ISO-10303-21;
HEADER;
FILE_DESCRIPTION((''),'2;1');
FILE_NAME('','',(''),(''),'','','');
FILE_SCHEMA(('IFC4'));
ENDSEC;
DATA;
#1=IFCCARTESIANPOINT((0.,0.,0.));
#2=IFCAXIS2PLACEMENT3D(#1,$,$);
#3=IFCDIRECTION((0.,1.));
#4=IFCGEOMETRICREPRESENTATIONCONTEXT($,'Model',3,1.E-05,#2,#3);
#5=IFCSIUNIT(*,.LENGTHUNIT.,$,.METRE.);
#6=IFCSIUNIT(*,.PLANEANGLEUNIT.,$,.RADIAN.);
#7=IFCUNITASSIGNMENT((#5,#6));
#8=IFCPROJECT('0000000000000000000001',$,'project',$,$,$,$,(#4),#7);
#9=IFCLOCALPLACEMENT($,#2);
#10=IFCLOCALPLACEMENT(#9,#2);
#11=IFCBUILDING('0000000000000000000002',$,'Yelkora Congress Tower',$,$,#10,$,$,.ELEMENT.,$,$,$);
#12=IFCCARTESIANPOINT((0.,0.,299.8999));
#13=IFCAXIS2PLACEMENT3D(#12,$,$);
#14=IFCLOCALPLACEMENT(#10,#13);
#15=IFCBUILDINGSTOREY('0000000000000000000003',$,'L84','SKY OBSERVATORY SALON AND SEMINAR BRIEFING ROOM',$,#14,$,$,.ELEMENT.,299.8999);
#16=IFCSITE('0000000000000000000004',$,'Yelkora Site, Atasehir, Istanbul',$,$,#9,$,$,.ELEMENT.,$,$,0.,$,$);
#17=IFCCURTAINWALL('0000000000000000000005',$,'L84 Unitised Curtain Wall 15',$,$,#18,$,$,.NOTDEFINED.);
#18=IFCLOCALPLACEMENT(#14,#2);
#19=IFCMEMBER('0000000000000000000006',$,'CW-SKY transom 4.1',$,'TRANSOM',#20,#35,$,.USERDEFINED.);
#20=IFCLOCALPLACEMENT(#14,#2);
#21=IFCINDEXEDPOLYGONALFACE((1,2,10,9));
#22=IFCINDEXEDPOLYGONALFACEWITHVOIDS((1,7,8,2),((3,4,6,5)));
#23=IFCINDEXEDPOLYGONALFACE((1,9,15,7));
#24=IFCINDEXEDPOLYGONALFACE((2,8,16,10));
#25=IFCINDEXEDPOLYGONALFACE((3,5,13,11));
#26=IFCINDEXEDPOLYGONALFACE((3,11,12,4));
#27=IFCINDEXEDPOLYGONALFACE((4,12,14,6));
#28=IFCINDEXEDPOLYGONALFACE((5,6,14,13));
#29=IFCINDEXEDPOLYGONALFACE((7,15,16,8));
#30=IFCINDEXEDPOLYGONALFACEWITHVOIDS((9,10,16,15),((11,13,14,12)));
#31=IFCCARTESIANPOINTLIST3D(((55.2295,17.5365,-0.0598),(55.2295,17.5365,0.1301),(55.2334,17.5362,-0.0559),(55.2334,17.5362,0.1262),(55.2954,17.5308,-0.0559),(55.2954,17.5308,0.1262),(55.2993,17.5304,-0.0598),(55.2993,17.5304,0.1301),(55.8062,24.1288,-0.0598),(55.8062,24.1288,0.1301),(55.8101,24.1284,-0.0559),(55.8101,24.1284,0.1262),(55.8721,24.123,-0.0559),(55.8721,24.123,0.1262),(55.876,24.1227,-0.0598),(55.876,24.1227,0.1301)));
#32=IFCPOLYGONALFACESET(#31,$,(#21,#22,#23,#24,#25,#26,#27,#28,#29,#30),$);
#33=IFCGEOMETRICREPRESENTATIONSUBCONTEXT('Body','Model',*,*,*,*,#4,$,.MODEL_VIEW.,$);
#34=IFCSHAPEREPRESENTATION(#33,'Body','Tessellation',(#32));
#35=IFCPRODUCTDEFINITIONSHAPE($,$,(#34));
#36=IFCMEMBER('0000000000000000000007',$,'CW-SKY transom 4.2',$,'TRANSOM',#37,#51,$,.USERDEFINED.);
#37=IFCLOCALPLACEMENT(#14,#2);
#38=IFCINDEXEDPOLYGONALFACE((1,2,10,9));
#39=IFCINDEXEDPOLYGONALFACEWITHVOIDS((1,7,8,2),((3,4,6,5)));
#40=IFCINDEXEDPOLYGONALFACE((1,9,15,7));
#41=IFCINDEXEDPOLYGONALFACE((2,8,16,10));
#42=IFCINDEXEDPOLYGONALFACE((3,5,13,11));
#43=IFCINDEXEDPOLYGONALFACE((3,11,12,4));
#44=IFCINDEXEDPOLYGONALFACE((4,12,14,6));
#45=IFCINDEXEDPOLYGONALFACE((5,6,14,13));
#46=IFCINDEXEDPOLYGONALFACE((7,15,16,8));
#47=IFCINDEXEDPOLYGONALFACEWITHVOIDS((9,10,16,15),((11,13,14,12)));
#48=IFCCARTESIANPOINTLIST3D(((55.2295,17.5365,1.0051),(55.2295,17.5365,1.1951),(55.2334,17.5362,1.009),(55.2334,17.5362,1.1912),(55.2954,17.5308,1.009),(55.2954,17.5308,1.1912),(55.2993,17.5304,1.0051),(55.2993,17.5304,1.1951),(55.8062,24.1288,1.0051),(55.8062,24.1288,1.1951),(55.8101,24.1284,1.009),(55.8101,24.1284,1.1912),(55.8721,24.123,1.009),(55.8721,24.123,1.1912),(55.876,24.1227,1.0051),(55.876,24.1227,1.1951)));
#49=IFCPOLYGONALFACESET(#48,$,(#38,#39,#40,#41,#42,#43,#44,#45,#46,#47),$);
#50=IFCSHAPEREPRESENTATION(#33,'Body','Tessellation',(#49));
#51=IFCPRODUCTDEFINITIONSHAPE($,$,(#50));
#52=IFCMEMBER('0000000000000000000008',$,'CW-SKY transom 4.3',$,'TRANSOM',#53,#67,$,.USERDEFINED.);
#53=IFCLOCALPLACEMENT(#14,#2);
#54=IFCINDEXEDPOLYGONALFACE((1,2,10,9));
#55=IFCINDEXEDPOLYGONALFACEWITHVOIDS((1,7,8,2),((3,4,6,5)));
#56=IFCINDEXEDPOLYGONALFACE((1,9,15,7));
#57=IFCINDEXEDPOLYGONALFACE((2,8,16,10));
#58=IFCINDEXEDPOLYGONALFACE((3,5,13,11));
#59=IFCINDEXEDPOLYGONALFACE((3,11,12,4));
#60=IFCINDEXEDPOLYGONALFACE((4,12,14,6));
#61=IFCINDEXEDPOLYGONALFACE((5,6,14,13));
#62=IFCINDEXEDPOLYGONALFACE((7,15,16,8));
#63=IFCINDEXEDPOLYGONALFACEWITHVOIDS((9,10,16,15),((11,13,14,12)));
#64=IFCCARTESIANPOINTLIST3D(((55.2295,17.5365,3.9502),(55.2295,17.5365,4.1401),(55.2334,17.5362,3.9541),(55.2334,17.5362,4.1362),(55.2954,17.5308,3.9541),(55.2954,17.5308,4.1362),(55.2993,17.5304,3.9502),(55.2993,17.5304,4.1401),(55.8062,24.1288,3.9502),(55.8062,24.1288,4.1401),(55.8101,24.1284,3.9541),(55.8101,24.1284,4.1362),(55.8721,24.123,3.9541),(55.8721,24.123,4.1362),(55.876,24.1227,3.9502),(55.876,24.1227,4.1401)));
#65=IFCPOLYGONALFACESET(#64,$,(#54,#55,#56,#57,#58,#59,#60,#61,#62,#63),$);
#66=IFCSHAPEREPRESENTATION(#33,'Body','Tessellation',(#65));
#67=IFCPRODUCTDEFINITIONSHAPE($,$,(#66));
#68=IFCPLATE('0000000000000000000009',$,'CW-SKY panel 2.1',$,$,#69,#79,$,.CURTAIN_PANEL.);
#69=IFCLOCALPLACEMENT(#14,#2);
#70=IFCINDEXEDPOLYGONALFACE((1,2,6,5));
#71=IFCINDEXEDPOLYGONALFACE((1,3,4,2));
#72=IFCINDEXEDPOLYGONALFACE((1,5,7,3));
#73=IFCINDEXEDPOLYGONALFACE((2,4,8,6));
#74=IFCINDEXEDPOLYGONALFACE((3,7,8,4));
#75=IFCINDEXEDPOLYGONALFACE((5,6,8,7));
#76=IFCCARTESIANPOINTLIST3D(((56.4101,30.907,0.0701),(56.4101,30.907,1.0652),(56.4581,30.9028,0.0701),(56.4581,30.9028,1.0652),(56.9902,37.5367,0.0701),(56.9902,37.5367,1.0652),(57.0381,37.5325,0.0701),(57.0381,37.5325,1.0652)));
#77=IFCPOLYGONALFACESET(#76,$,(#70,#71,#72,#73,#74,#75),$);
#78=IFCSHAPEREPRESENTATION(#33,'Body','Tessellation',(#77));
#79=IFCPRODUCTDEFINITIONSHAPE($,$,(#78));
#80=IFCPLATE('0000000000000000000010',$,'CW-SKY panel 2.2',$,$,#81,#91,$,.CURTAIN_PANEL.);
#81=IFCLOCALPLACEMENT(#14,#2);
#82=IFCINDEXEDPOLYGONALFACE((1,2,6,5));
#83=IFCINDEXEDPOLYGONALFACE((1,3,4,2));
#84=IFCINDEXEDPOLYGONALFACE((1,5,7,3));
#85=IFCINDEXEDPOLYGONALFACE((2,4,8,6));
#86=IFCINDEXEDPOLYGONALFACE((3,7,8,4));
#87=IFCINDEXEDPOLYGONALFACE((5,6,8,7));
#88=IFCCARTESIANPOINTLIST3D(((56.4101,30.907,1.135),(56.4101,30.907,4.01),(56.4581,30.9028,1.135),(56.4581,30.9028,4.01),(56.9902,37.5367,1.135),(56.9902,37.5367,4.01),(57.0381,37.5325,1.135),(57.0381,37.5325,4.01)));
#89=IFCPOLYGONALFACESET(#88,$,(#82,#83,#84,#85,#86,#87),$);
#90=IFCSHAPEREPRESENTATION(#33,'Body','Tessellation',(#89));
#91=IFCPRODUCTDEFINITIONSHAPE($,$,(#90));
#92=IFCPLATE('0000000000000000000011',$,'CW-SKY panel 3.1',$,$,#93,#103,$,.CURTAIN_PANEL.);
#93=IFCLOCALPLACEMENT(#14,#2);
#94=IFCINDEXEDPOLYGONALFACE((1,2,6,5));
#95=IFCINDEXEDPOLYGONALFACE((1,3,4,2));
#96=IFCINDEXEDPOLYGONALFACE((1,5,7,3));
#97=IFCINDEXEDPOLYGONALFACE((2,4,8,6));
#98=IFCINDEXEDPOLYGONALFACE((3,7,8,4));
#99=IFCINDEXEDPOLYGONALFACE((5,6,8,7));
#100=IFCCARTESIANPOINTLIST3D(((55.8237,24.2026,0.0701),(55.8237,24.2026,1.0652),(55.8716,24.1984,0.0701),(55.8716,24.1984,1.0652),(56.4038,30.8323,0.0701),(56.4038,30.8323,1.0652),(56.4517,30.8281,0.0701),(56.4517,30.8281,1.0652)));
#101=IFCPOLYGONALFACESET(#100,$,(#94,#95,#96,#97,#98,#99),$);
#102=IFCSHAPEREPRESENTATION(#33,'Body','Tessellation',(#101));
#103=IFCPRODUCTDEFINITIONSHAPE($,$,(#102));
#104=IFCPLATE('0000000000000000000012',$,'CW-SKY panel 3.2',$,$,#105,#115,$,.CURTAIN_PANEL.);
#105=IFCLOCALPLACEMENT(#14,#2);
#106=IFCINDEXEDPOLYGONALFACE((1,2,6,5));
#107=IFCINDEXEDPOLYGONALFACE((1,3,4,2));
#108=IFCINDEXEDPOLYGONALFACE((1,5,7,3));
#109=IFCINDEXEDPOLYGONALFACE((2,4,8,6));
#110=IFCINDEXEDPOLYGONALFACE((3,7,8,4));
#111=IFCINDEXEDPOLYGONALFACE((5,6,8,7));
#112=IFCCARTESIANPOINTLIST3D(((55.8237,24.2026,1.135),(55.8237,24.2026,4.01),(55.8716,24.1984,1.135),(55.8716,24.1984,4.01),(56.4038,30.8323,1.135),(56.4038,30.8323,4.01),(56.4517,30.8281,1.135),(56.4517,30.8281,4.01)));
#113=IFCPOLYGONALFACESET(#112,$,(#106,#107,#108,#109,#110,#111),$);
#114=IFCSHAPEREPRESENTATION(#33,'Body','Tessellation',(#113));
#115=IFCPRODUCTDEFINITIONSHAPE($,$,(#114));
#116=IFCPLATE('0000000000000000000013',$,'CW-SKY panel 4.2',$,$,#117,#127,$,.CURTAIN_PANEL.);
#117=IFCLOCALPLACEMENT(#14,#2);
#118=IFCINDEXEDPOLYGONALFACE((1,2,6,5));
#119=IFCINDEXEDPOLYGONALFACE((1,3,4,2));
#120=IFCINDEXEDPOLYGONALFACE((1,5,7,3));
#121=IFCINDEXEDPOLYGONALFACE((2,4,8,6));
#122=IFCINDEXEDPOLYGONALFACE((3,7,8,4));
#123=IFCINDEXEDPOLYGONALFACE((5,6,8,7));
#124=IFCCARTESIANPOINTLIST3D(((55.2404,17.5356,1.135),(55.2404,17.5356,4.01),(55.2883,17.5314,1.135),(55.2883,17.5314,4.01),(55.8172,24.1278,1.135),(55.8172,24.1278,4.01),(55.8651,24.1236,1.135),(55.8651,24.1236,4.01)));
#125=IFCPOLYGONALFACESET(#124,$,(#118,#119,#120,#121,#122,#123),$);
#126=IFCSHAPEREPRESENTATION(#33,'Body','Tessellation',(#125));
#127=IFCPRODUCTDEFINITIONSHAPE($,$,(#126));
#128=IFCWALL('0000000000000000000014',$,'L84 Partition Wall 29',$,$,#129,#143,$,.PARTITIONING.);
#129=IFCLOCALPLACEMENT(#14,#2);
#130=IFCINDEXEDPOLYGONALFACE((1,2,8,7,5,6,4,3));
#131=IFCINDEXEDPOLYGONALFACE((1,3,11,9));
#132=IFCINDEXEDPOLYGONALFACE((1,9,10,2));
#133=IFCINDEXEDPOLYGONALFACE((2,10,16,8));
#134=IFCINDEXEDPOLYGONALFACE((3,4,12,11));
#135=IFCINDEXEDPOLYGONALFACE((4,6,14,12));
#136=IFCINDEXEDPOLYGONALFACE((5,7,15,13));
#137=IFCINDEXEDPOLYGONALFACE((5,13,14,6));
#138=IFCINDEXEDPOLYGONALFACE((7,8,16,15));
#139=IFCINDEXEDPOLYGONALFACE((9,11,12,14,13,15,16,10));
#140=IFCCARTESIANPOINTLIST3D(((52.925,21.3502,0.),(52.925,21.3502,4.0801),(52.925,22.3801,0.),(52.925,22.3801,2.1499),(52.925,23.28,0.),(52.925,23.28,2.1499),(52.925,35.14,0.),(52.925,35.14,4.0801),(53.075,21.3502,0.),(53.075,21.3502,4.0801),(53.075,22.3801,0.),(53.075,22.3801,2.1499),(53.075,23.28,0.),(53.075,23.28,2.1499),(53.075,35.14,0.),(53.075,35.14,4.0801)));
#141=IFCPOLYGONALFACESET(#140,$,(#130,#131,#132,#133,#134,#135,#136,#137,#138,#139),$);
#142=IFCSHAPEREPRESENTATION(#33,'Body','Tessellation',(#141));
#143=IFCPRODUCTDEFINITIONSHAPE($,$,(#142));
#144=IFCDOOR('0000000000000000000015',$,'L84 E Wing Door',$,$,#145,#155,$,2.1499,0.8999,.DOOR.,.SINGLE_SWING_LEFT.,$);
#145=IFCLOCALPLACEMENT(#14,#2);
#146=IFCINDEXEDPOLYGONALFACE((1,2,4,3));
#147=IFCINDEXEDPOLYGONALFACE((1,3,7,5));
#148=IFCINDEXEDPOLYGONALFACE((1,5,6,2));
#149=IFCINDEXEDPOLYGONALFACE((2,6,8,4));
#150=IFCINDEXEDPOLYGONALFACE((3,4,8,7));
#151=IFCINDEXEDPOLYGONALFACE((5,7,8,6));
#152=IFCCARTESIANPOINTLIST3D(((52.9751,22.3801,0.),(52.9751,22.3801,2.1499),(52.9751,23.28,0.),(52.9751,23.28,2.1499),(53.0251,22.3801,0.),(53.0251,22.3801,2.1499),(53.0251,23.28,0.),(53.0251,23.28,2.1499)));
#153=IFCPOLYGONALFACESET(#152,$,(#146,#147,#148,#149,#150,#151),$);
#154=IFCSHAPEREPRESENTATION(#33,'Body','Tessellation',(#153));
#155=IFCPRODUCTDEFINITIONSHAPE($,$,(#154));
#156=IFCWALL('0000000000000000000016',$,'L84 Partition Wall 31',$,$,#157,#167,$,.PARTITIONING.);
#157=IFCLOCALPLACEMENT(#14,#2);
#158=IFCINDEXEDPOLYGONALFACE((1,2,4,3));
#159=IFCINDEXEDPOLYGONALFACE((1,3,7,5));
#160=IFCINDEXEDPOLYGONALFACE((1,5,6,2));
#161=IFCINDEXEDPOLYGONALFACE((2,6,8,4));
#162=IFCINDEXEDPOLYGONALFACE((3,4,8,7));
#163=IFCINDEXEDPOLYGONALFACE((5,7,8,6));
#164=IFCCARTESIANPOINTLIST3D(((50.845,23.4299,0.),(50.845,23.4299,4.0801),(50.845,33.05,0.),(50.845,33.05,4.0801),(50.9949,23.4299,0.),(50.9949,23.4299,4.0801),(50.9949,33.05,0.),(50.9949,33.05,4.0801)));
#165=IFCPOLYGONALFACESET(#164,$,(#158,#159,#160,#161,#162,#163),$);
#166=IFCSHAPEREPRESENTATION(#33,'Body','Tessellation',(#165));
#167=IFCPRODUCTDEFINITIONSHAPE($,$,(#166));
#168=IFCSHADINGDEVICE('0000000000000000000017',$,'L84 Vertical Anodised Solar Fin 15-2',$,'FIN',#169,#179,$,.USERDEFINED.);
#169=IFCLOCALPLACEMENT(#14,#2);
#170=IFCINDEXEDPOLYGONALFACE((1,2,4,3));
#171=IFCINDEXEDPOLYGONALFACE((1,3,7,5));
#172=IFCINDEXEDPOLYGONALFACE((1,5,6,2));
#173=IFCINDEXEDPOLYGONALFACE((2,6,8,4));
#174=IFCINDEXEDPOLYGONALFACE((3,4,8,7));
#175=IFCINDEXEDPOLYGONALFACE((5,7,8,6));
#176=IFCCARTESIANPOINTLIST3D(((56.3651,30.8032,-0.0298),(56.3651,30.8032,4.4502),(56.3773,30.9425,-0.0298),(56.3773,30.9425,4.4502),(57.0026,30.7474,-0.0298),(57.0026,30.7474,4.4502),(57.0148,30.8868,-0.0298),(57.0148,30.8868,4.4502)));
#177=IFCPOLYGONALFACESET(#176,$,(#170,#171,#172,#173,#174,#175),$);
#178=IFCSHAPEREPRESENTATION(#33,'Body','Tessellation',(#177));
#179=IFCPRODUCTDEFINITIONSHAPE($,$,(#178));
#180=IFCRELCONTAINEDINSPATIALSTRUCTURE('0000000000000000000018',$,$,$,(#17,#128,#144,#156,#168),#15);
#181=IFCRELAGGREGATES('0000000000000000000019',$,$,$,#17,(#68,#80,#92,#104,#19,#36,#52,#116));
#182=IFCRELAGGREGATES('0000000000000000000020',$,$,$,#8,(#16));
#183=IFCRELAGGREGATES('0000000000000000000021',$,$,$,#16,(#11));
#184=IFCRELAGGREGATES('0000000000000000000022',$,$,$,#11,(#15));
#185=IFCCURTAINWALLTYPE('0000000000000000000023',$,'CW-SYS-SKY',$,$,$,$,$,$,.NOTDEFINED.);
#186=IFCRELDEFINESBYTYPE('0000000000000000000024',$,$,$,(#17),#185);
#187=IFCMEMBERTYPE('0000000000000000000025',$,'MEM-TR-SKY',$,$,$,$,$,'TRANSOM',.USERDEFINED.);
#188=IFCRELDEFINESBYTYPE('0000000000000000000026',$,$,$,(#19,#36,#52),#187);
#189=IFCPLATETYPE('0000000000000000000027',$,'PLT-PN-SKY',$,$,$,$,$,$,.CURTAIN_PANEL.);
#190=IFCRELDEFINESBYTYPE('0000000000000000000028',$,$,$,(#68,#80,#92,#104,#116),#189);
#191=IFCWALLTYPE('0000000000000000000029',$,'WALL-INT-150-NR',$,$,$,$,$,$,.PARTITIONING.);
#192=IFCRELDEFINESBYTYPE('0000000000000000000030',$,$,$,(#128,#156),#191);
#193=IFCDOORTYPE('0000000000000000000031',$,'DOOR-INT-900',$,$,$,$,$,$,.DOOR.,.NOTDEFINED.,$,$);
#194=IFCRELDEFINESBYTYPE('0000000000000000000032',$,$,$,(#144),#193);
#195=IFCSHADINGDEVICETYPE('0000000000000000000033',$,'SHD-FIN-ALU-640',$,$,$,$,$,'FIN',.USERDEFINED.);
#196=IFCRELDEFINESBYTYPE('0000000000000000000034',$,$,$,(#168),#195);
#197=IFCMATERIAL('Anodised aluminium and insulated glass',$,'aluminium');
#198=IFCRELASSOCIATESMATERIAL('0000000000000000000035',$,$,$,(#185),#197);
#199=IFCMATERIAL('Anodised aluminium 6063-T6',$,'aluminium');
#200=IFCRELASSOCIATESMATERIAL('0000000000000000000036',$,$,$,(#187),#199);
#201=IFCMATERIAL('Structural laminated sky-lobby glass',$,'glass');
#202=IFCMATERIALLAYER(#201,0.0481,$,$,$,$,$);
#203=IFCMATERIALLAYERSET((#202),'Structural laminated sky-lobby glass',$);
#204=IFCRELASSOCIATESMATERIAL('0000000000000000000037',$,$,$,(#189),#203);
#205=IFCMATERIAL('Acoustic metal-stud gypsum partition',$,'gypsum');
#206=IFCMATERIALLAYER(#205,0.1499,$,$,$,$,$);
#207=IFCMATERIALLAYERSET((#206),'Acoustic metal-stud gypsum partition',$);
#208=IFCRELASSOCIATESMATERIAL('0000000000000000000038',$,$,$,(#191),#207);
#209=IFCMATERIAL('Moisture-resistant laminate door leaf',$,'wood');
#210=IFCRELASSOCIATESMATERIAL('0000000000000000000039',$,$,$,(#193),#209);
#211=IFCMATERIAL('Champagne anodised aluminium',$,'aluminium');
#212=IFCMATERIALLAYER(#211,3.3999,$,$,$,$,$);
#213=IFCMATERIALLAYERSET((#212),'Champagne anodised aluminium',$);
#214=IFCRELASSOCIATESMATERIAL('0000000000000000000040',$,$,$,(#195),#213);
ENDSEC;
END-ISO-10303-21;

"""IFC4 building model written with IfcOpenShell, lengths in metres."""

from ifc_helpers import new_model, si_unit, direction, frame, frame_2d, origin, origin_2d, place, context, subcontext, project, spatial, rectangle, hollow_rectangle, extrude, material, layer, layer_set, material_profile, profile_set, type_object, element, fill, aggregate, save


model = new_model("IFC4")

# Units and contexts
model_context = context("Model", 3, precision=1e-05, world=origin(), true_north=direction((0.0, 1.0)))
body_context = subcontext(model_context, "Body", "Model", "MODEL_VIEW")
ifc_project = project(units=[si_unit("LENGTHUNIT", "METRE"), si_unit("PLANEANGLEUNIT", "RADIAN")], contexts=[model_context])

# Site, building, storey
site_placement = place(None, origin())
site = spatial("IfcSite", under=ifc_project, at=site_placement, Name="Yelkora Site, Atasehir, Istanbul", CompositionType="ELEMENT", RefElevation=0.0)
building_placement = place(site_placement, origin())
building = spatial("IfcBuilding", under=site, at=building_placement, Name="Yelkora Congress Tower", CompositionType="ELEMENT")
storey_placement = place(building_placement, frame((0.0, 0.0, 299.8999)))
storey = spatial("IfcBuildingStorey", under=building, at=storey_placement, Name="L84", Description="SKY OBSERVATORY SALON AND SEMINAR BRIEFING ROOM", CompositionType="ELEMENT", Elevation=299.8999)

# Curtain wall, members, plates
ifc_material_1 = material(Name="Anodised aluminium and insulated glass", Category="aluminium")
curtain_wall_type = type_object("IfcCurtainWallType", Name="CW-SYS-SKY", PredefinedType="NOTDEFINED", material=ifc_material_1)
curtain_wall_placement = place(storey_placement, origin())
curtain_wall = element("IfcCurtainWall", 1, at=curtain_wall_placement, inside=storey, type_object=curtain_wall_type, Name="L84 Unitised Curtain Wall 15", PredefinedType="NOTDEFINED")
ifc_material_2 = material(Name="Anodised aluminium 6063-T6", Category="aluminium")
ifc_material_profile_1 = material_profile(ifc_material_2, hollow_rectangle(XDim=0.0701, YDim=0.1899, WallThickness=0.0039, at=origin_2d()), Name="ALU 70x190x4")
ifc_profile_set_1 = profile_set([ifc_material_profile_1], Name="Anodised aluminium 6063-T6")
member_type_1 = type_object("IfcMemberType", Name="MEM-TR-SKY", ElementType="TRANSOM", PredefinedType="USERDEFINED", material=ifc_profile_set_1)
member_1_placement = place(storey_placement, frame((55.8411, 24.1257, 0.0352), z_axis=(-0.087142, -0.996196, 0.0), x_axis=(0.996196, -0.087142, 0.0)))
member_1 = element("IfcMember", 2, at=member_1_placement, type_object=member_type_1, Name="CW-SKY transom 4.1", ObjectType="TRANSOM", PredefinedType="USERDEFINED", context=body_context, shape_type="SweptSolid", body=[
    extrude(hollow_rectangle(XDim=0.0701, YDim=0.1899, WallThickness=0.0039, at=origin_2d()), origin(), (0.0, 0.0, 1.0), 6.6174),
])
member_2_placement = place(storey_placement, frame((55.8411, 24.1257, 1.1001), z_axis=(-0.087142, -0.996196, 0.0), x_axis=(0.996196, -0.087142, 0.0)))
member_2 = element("IfcMember", 3, at=member_2_placement, type_object=member_type_1, Name="CW-SKY transom 4.2", ObjectType="TRANSOM", PredefinedType="USERDEFINED", context=body_context, shape_type="SweptSolid", body=[
    extrude(hollow_rectangle(XDim=0.0701, YDim=0.1899, WallThickness=0.0039, at=origin_2d()), origin(), (0.0, 0.0, 1.0), 6.6174),
])
member_3_placement = place(storey_placement, frame((55.8411, 24.1257, 4.0452), z_axis=(-0.087142, -0.996196, 0.0), x_axis=(0.996196, -0.087142, 0.0)))
member_3 = element("IfcMember", 4, at=member_3_placement, type_object=member_type_1, Name="CW-SKY transom 4.3", ObjectType="TRANSOM", PredefinedType="USERDEFINED", context=body_context, shape_type="SweptSolid", body=[
    extrude(hollow_rectangle(XDim=0.0701, YDim=0.1899, WallThickness=0.0039, at=origin_2d()), origin(), (0.0, 0.0, 1.0), 6.6174),
])
ifc_material_3 = material(Name="Structural laminated sky-lobby glass", Category="glass")
ifc_layer_1 = layer(ifc_material_3, 0.0481)
ifc_layer_set_1 = layer_set([ifc_layer_1], Name="Structural laminated sky-lobby glass")
plate_type = type_object("IfcPlateType", Name="PLT-PN-SKY", PredefinedType="CURTAIN_PANEL", material=ifc_layer_set_1)
plate_1_placement = place(storey_placement, frame((56.7241, 34.2197, 0.0701), z_axis=(0.0, 0.0, 1.0), x_axis=(-0.087158, -0.996194, 0.0)))
plate_1 = element("IfcPlate", 5, at=plate_1_placement, type_object=plate_type, Name="CW-SKY panel 2.1", PredefinedType="CURTAIN_PANEL", context=body_context, shape_type="SweptSolid", body=[
    extrude(rectangle(XDim=6.655, YDim=0.0481, at=origin_2d()), origin(), (0.0, 0.0, 1.0), 0.9951),
])
plate_2_placement = place(storey_placement, frame((56.7241, 34.2197, 1.135), z_axis=(0.0, 0.0, 1.0), x_axis=(-0.087158, -0.996194, 0.0)))
plate_2 = element("IfcPlate", 6, at=plate_2_placement, type_object=plate_type, Name="CW-SKY panel 2.2", PredefinedType="CURTAIN_PANEL", context=body_context, shape_type="SweptSolid", body=[
    extrude(rectangle(XDim=6.655, YDim=0.0481, at=origin_2d()), origin(), (0.0, 0.0, 1.0), 2.875),
])
plate_3_placement = place(storey_placement, frame((56.1377, 27.5154, 0.0701), z_axis=(0.0, 0.0, 1.0), x_axis=(-0.087158, -0.996194, 0.0)))
plate_3 = element("IfcPlate", 7, at=plate_3_placement, type_object=plate_type, Name="CW-SKY panel 3.1", PredefinedType="CURTAIN_PANEL", context=body_context, shape_type="SweptSolid", body=[
    extrude(rectangle(XDim=6.655, YDim=0.0481, at=origin_2d()), origin(), (0.0, 0.0, 1.0), 0.9951),
])
plate_4_placement = place(storey_placement, frame((56.1377, 27.5154, 1.135), z_axis=(0.0, 0.0, 1.0), x_axis=(-0.087158, -0.996194, 0.0)))
plate_4 = element("IfcPlate", 8, at=plate_4_placement, type_object=plate_type, Name="CW-SKY panel 3.2", PredefinedType="CURTAIN_PANEL", context=body_context, shape_type="SweptSolid", body=[
    extrude(rectangle(XDim=6.655, YDim=0.0481, at=origin_2d()), origin(), (0.0, 0.0, 1.0), 2.875),
])
plate_5_placement = place(storey_placement, frame((55.5527, 20.8296, 1.135), z_axis=(0.0, 0.0, 1.0), x_axis=(-0.087158, -0.996194, 0.0)))
plate_5 = element("IfcPlate", 9, at=plate_5_placement, type_object=plate_type, Name="CW-SKY panel 4.2", PredefinedType="CURTAIN_PANEL", context=body_context, shape_type="SweptSolid", body=[
    extrude(rectangle(XDim=6.6174, YDim=0.0481, at=origin_2d()), origin(), (0.0, 0.0, 1.0), 2.875),
])
aggregate(curtain_wall, [plate_1, plate_2, plate_3, plate_4, member_1, member_2, member_3, plate_5])

# Wall, opening, door
ifc_material_4 = material(Name="Acoustic metal-stud gypsum partition", Category="gypsum")
ifc_layer_2 = layer(ifc_material_4, 0.1499)
ifc_layer_set_2 = layer_set([ifc_layer_2], Name="Acoustic metal-stud gypsum partition")
wall_type = type_object("IfcWallType", Name="WALL-INT-150-NR", PredefinedType="PARTITIONING", material=ifc_layer_set_2)
wall_1_placement = place(storey_placement, frame((53.0, 21.3501, 0.0), z_axis=(0.0, 0.0, 1.0), x_axis=(0.0, 1.0, 0.0)))
wall_1 = element("IfcWall", 10, at=wall_1_placement, inside=storey, type_object=wall_type, Name="L84 Partition Wall 29", PredefinedType="PARTITIONING", context=body_context, shape_type="SweptSolid", body=[
    extrude(rectangle(XDim=13.7898, YDim=0.1499, at=frame_2d((6.895, 0.0))), origin(), (0.0, 0.0, 1.0), 4.0801),
])
opening_placement = place(wall_1_placement, frame((1.03, 0.0, 0.0)))
opening = element("IfcOpeningElement", 11, at=opening_placement, cuts=wall_1, PredefinedType="OPENING", context=body_context, shape_type="SweptSolid", body=[
    extrude(rectangle(XDim=0.8999, YDim=2.1499, at=frame_2d((0.45, 1.075))), frame((0.0, 0.085, 0.0), z_axis=(0.0, -1.0, 0.0), x_axis=(1.0, 0.0, 0.0)), (0.0, 0.0, 1.0), 0.1699),
])
ifc_material_5 = material(Name="Moisture-resistant laminate door leaf", Category="wood")
door_type = type_object("IfcDoorType", Name="DOOR-INT-900", OperationType="NOTDEFINED", PredefinedType="DOOR", material=ifc_material_5)
door_placement = place(opening_placement, origin())
door = element("IfcDoor", 12, at=door_placement, inside=storey, type_object=door_type, Name="L84 E Wing Door", OperationType="SINGLE_SWING_LEFT", OverallHeight=2.1499, OverallWidth=0.8999, PredefinedType="DOOR", context=body_context, shape_type="SweptSolid", body=[
    extrude(rectangle(XDim=0.8999, YDim=2.1499, at=frame_2d((0.45, 1.075))), frame((0.0, 0.0249, 0.0), z_axis=(0.0, -1.0, 0.0), x_axis=(1.0, 0.0, 0.0)), (0.0, 0.0, 1.0), 0.05),
])
fill(opening, door)

# Wall
wall_2_placement = place(storey_placement, frame((50.9199, 23.4299, 0.0), z_axis=(0.0, 0.0, 1.0), x_axis=(0.0, 1.0, 0.0)))
element("IfcWall", 13, at=wall_2_placement, inside=storey, type_object=wall_type, Name="L84 Partition Wall 31", PredefinedType="PARTITIONING", context=body_context, shape_type="SweptSolid", body=[
    extrude(rectangle(XDim=9.6201, YDim=0.1499, at=frame_2d((4.8101, 0.0))), origin(), (0.0, 0.0, 1.0), 4.0801),
])

# Shading device
ifc_material_6 = material(Name="Champagne anodised aluminium", Category="aluminium")
ifc_layer_3 = layer(ifc_material_6, 3.3999)
ifc_layer_set_3 = layer_set([ifc_layer_3], Name="Champagne anodised aluminium")
shading_device_type = type_object("IfcShadingDeviceType", Name="SHD-FIN-ALU-640", ElementType="FIN", PredefinedType="USERDEFINED", material=ifc_layer_set_3)
for number, where, z_axis, x_axis, name in (
    (14, (56.6899, 30.845, -0.0298), (0.0, 0.0, 1.0), (-0.087156, -0.996195, 0.0), "L84 Vertical Anodised Solar Fin 15-2"),
):
    element("IfcShadingDevice", number, at=place(storey_placement, frame(where, z_axis=z_axis, x_axis=x_axis)), inside=storey, type_object=shading_device_type, Name=name, ObjectType="FIN", PredefinedType="USERDEFINED", context=body_context, shape_type="SweptSolid", body=[
        extrude(rectangle(XDim=0.1399, YDim=0.6399, at=origin_2d()), origin(), (0.0, 0.0, 1.0), 4.48),
    ])

save(model, "model.ifc")
